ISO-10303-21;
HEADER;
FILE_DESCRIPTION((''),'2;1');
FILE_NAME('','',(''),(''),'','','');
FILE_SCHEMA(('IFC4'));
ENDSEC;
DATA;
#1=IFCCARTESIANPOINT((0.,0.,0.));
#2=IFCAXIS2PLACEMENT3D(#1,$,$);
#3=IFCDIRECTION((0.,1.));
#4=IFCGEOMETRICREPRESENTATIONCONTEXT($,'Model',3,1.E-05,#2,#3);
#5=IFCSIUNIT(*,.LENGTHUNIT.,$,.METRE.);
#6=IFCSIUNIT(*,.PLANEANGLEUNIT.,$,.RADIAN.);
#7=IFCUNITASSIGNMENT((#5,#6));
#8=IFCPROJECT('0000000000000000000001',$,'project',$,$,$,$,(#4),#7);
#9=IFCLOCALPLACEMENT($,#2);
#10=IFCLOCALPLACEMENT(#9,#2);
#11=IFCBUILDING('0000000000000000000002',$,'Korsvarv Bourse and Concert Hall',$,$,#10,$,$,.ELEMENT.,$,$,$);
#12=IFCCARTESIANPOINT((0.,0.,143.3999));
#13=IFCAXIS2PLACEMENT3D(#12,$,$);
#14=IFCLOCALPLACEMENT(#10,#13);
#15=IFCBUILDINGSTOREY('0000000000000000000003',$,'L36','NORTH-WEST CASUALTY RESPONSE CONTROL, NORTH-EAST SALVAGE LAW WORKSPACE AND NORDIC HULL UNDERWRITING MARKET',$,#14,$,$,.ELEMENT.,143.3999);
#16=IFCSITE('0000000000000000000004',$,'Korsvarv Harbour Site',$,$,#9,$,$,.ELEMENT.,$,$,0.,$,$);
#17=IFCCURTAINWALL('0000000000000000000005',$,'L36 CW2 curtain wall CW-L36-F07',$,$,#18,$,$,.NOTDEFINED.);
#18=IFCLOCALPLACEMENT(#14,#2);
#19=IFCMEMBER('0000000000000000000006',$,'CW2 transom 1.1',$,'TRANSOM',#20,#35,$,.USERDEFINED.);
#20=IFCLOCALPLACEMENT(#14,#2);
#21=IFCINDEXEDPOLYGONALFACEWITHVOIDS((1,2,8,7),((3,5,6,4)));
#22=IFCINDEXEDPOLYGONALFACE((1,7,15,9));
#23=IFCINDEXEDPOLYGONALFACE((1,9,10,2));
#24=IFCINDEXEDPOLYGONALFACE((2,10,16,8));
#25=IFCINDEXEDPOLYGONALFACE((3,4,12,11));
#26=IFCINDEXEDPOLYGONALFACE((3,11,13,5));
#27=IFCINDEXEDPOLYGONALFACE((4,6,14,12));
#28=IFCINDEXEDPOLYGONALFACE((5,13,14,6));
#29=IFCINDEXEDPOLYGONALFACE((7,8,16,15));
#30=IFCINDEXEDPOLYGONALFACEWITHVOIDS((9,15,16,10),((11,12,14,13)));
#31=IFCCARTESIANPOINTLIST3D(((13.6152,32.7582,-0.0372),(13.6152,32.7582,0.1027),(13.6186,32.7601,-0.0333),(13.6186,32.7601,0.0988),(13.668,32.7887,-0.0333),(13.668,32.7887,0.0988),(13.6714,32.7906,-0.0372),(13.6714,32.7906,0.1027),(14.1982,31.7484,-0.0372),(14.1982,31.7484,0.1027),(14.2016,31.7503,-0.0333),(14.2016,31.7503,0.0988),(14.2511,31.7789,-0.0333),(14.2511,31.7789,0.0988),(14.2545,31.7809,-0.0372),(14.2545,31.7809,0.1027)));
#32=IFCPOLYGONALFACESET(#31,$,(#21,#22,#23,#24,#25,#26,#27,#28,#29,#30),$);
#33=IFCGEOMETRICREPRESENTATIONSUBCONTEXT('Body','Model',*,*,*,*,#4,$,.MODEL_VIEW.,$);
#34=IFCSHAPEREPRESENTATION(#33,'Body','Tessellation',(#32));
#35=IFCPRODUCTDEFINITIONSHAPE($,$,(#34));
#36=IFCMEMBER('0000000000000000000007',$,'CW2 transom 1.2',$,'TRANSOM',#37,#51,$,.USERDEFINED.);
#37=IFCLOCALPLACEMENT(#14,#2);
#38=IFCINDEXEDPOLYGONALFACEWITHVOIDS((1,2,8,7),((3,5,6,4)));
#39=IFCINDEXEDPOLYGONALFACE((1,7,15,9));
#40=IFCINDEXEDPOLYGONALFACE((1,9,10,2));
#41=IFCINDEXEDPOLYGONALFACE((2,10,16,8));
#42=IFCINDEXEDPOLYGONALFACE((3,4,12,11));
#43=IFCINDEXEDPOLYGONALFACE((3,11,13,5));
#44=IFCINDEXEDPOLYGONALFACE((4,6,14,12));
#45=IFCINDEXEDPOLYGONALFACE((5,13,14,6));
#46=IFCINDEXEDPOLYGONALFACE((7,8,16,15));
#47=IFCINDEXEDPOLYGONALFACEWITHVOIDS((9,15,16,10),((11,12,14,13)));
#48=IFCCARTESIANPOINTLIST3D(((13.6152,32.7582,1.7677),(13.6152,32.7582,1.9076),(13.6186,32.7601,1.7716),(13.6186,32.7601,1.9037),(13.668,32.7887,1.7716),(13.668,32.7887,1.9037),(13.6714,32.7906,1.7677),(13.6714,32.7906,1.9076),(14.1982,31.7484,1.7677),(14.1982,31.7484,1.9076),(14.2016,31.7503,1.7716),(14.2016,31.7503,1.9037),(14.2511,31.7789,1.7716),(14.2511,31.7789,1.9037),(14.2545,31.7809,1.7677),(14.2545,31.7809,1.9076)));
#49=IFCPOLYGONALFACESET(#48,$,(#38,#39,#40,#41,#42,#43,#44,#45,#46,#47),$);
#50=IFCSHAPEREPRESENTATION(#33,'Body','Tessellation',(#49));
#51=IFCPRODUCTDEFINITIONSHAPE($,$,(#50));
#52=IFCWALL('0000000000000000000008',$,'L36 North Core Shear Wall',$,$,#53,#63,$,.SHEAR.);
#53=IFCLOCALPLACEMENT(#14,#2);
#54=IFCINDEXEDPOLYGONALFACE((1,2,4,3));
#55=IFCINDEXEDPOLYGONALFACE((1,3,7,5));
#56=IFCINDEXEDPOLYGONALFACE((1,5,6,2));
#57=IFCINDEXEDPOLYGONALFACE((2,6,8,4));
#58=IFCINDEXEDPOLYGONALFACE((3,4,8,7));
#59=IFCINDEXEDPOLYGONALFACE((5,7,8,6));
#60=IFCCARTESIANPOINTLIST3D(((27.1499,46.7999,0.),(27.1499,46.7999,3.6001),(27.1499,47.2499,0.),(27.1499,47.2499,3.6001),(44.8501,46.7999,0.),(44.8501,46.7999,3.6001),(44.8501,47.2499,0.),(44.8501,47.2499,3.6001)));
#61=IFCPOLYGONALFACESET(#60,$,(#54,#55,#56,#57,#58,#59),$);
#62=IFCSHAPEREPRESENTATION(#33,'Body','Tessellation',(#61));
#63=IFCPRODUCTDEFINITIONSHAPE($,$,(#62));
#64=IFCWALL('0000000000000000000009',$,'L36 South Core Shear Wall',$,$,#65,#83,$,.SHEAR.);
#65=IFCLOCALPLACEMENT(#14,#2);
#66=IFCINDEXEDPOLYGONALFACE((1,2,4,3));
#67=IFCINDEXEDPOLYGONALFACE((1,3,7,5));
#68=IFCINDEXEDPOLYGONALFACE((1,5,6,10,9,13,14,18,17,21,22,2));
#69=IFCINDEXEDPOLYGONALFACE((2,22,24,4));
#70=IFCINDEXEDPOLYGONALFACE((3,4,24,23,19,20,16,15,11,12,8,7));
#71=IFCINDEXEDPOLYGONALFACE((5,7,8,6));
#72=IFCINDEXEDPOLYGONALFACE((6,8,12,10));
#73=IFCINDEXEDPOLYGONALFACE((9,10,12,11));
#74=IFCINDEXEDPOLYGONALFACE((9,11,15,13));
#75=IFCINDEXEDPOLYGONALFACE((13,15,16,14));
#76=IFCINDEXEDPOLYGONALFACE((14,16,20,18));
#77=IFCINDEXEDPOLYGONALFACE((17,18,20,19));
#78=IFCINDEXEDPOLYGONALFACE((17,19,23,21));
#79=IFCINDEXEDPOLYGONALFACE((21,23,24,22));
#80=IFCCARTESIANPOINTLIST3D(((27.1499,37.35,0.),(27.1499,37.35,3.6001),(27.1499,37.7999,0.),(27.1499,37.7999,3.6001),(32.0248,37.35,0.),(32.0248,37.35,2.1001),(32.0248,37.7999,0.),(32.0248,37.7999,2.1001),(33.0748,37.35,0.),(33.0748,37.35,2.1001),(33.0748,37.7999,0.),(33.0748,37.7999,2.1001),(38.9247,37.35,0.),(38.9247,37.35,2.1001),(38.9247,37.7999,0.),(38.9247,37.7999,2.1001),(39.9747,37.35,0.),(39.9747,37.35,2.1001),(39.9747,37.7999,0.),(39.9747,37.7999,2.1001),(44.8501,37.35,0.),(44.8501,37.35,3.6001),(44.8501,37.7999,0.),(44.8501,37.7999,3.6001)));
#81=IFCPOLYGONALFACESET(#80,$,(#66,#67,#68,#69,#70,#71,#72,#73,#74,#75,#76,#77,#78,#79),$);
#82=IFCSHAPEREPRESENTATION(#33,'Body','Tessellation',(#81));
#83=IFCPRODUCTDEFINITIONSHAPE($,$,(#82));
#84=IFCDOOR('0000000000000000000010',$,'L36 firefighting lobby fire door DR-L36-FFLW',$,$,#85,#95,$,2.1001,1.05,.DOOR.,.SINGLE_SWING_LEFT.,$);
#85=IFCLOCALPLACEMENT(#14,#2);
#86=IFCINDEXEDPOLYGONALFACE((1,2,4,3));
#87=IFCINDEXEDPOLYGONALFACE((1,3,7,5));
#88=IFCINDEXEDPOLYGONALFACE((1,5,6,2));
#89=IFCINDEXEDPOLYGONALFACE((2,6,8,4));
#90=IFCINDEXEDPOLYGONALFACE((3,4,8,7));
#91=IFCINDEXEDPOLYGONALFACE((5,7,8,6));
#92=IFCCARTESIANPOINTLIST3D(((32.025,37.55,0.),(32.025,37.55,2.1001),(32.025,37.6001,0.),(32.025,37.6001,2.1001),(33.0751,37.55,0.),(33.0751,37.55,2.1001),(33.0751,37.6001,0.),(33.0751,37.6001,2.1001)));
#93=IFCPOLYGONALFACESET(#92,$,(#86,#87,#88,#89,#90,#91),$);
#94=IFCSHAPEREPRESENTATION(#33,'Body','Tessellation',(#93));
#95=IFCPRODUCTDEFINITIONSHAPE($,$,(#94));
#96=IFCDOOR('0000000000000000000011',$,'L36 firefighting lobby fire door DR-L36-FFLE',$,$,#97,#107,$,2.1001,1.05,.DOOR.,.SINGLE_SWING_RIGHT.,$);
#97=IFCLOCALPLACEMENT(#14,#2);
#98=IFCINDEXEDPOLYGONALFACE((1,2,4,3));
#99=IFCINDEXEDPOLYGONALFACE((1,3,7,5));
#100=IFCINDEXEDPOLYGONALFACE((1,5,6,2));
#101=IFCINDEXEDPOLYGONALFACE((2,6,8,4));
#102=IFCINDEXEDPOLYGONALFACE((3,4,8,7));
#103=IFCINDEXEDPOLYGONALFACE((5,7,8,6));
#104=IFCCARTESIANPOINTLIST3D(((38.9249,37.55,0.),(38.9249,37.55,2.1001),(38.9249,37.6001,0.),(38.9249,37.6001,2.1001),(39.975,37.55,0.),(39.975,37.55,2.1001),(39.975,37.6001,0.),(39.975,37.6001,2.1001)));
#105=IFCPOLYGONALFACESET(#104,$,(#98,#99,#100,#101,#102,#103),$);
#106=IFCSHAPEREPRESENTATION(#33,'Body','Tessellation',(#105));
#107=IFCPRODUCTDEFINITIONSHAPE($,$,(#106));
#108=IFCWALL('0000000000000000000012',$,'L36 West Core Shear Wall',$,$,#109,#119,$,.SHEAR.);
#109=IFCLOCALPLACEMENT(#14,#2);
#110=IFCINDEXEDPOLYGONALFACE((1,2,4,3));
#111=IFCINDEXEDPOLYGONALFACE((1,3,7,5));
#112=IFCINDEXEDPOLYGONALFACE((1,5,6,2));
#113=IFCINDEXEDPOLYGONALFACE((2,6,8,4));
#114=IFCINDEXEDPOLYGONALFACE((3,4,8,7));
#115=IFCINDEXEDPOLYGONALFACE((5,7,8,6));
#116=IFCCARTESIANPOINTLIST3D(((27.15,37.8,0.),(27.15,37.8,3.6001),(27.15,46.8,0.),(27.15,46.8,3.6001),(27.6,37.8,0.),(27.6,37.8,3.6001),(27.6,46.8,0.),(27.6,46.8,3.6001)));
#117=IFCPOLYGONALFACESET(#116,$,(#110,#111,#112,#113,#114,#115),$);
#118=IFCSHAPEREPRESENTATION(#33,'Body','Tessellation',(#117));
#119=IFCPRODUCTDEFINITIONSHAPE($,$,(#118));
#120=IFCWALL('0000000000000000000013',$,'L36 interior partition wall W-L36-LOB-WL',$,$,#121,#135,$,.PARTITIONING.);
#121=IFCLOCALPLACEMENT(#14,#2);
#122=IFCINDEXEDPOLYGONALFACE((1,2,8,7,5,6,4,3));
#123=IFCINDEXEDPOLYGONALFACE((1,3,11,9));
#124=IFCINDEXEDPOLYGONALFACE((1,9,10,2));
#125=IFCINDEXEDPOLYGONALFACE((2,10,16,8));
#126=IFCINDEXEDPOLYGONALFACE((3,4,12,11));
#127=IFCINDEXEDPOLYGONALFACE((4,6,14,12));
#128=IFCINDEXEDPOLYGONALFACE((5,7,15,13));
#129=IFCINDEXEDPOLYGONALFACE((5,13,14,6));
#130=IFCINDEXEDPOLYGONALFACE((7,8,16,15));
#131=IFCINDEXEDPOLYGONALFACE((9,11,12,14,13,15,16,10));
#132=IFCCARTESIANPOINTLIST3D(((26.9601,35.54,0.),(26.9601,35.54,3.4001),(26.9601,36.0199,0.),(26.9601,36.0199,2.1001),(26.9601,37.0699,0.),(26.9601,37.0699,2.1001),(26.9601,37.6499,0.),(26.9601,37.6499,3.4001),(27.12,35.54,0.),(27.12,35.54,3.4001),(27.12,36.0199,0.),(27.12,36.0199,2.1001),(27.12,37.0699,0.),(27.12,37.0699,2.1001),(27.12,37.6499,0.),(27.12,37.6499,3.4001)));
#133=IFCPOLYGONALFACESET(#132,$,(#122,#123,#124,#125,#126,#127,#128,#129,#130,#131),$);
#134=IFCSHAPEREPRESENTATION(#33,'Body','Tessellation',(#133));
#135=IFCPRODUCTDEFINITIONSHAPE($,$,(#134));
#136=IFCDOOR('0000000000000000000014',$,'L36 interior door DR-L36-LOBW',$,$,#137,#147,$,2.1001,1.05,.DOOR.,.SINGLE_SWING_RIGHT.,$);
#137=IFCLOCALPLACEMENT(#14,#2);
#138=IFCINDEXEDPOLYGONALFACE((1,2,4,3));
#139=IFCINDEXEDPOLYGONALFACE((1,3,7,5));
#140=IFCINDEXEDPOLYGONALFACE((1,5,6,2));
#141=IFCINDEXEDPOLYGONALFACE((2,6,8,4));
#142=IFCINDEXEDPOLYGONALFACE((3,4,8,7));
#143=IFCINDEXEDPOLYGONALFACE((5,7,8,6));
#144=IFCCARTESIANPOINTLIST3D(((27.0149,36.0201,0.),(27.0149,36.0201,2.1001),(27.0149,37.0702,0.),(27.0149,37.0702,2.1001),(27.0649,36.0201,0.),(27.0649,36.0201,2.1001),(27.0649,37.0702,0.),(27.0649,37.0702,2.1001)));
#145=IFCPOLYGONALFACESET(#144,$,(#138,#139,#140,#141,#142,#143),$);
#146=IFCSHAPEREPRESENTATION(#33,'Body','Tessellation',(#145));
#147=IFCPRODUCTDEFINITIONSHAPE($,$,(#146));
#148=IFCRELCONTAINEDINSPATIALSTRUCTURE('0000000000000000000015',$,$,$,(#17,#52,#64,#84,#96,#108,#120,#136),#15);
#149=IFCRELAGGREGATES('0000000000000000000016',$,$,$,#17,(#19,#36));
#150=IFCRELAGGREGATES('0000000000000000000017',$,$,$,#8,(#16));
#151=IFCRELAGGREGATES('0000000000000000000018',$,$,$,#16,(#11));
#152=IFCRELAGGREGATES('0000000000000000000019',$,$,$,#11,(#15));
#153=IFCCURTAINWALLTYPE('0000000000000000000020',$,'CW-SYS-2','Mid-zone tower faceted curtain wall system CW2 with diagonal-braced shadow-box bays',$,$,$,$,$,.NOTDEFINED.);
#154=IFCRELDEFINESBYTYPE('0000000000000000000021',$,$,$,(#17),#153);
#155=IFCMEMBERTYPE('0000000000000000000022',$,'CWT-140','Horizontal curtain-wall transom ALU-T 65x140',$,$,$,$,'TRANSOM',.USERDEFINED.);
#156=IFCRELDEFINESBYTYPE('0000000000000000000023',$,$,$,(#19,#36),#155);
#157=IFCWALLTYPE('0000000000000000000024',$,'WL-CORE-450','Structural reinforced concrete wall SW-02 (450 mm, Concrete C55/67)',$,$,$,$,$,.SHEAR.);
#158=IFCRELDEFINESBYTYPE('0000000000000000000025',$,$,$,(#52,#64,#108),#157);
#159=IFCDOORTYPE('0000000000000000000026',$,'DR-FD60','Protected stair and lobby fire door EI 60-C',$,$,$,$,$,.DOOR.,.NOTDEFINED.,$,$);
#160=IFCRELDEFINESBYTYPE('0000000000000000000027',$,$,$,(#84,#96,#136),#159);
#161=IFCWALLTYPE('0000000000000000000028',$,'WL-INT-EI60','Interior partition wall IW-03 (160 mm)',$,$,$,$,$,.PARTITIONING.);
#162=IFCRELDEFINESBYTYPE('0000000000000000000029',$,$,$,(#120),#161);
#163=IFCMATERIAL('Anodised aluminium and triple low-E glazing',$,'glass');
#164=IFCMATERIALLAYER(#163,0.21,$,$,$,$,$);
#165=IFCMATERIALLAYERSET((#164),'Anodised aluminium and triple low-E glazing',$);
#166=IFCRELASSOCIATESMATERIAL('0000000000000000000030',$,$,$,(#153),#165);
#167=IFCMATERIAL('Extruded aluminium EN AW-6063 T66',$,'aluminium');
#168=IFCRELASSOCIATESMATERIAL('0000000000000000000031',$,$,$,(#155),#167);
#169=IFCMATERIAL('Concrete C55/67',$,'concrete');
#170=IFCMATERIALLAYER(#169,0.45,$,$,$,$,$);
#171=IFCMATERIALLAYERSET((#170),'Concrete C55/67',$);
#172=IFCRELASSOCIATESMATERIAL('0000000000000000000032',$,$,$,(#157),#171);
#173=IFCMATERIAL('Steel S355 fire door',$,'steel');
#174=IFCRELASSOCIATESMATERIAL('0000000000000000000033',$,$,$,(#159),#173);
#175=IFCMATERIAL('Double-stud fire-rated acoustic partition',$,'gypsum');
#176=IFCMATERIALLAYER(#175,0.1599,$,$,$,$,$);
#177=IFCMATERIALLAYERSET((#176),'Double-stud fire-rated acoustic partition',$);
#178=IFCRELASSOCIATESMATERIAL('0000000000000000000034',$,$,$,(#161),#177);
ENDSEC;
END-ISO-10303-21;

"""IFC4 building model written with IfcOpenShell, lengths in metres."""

from ifc_helpers import new_model, si_unit, direction, frame, frame_2d, origin, origin_2d, place, context, subcontext, project, spatial, rectangle, hollow_rectangle, extrude, source, transform, mapped, material, layer, layer_set, material_profile, profile_set, type_object, element, fill, aggregate, save


model = new_model("IFC4")

# Units and contexts
model_context = context("Model", 3, precision=1e-05, world=origin(), true_north=direction((0.0, 1.0)))
body_context = subcontext(model_context, "Body", "Model", "MODEL_VIEW")
ifc_project = project(units=[si_unit("LENGTHUNIT", "METRE"), si_unit("PLANEANGLEUNIT", "RADIAN")], contexts=[model_context])

# Site, building, storey
site_placement = place(None, origin())
site = spatial("IfcSite", under=ifc_project, at=site_placement, Name="Korsvarv Harbour Site", CompositionType="ELEMENT", RefElevation=0.0)
building_placement = place(site_placement, origin())
building = spatial("IfcBuilding", under=site, at=building_placement, Name="Korsvarv Bourse and Concert Hall", CompositionType="ELEMENT")
storey_placement = place(building_placement, frame((0.0, 0.0, 143.3999)))
storey = spatial("IfcBuildingStorey", under=building, at=storey_placement, Name="L36", Description="NORTH-WEST CASUALTY RESPONSE CONTROL, NORTH-EAST SALVAGE LAW WORKSPACE AND NORDIC HULL UNDERWRITING MARKET", CompositionType="ELEMENT", Elevation=143.3999)

# Curtain wall, members
ifc_material_1 = material(Name="Anodised aluminium and triple low-E glazing", Category="glass")
ifc_layer_1 = layer(ifc_material_1, 0.21)
ifc_layer_set_1 = layer_set([ifc_layer_1], Name="Anodised aluminium and triple low-E glazing")
curtain_wall_type = type_object("IfcCurtainWallType", Name="CW-SYS-2", Description="Mid-zone tower faceted curtain wall system CW2 with diagonal-braced shadow-box bays", PredefinedType="NOTDEFINED", material=ifc_layer_set_1)
curtain_wall_placement = place(storey_placement, origin())
curtain_wall = element("IfcCurtainWall", 1, at=curtain_wall_placement, inside=storey, type_object=curtain_wall_type, Name="L36 CW2 curtain wall CW-L36-F07", PredefinedType="NOTDEFINED")
ifc_material_2 = material(Name="Extruded aluminium EN AW-6063 T66", Category="aluminium")
ifc_material_profile_1 = material_profile(ifc_material_2, hollow_rectangle(XDim=0.0649, YDim=0.1399, WallThickness=0.0039, at=origin_2d()), Name="ALU-T 65x140")
ifc_profile_set_1 = profile_set([ifc_material_profile_1], Name="Extruded aluminium EN AW-6063 T66")
member_type_1 = type_object("IfcMemberType", Name="CWT-140", Description="Horizontal curtain-wall transom ALU-T 65x140", ElementType="TRANSOM", PredefinedType="USERDEFINED", material=ifc_profile_set_1)
shared_shape_1 = source(origin(), body_context, "Body", "SweptSolid", [
    extrude(hollow_rectangle(XDim=0.0649, YDim=0.1399, WallThickness=0.0039, at=origin_2d()), origin(), (0.0, 0.0, 1.0), 1.166),
])
member_1_placement = place(storey_placement, frame((13.6433, 32.7744, 0.0327), z_axis=(0.500012, -0.866018, 0.0), x_axis=(0.866018, 0.500012, 0.0)))
member_1 = element("IfcMember", 2, at=member_1_placement, type_object=member_type_1, Name="CW2 transom 1.1", ObjectType="TRANSOM", PredefinedType="USERDEFINED", context=body_context, shape_type="MappedRepresentation", body=[
    mapped(shared_shape_1, transform((0.0, 0.0, 0.0), scale=1.0)),
])
member_2_placement = place(storey_placement, frame((13.6433, 32.7744, 1.8376), z_axis=(0.500012, -0.866018, 0.0), x_axis=(0.866018, 0.500012, 0.0)))
member_2 = element("IfcMember", 3, at=member_2_placement, type_object=member_type_1, Name="CW2 transom 1.2", ObjectType="TRANSOM", PredefinedType="USERDEFINED", context=body_context, shape_type="MappedRepresentation", body=[
    mapped(shared_shape_1, transform((0.0, 0.0, 0.0), scale=1.0)),
])
aggregate(curtain_wall, [member_1, member_2])

# Wall
ifc_material_3 = material(Name="Concrete C55/67", Category="concrete")
ifc_layer_2 = layer(ifc_material_3, 0.45)
ifc_layer_set_2 = layer_set([ifc_layer_2], Name="Concrete C55/67")
wall_type_1 = type_object("IfcWallType", Name="WL-CORE-450", Description="Structural reinforced concrete wall SW-02 (450 mm, Concrete C55/67)", PredefinedType="SHEAR", material=ifc_layer_set_2)
wall_1_placement = place(storey_placement, frame((27.1499, 47.0249, 0.0), z_axis=(0.0, 0.0, 1.0), x_axis=(1.0, 0.0, 0.0)))
element("IfcWall", 4, at=wall_1_placement, inside=storey, type_object=wall_type_1, Name="L36 North Core Shear Wall", PredefinedType="SHEAR", context=body_context, shape_type="SweptSolid", body=[
    extrude(rectangle(XDim=17.7002, YDim=0.45, at=frame_2d((8.8501, 0.0))), origin(), (0.0, 0.0, 1.0), 3.6001),
])

# Wall, openings, doors
wall_2_placement = place(storey_placement, frame((27.1499, 37.575, 0.0), z_axis=(0.0, 0.0, 1.0), x_axis=(1.0, 0.0, 0.0)))
wall_2 = element("IfcWall", 5, at=wall_2_placement, inside=storey, type_object=wall_type_1, Name="L36 South Core Shear Wall", PredefinedType="SHEAR", context=body_context, shape_type="SweptSolid", body=[
    extrude(rectangle(XDim=17.7002, YDim=0.45, at=frame_2d((8.8501, 0.0))), origin(), (0.0, 0.0, 1.0), 3.6001),
])
opening_1_placement = place(wall_2_placement, frame((4.875, 0.0, 0.0)))
opening_1 = element("IfcOpeningElement", 6, at=opening_1_placement, cuts=wall_2, PredefinedType="OPENING", context=body_context, shape_type="SweptSolid", body=[
    extrude(rectangle(XDim=1.05, YDim=2.1001, at=frame_2d((0.5249, 1.05))), frame((0.0, 0.2349, 0.0), z_axis=(0.0, -1.0, 0.0), x_axis=(1.0, 0.0, 0.0)), (0.0, 0.0, 1.0), 0.47),
])
opening_2_placement = place(wall_2_placement, frame((11.7749, 0.0, 0.0)))
opening_2 = element("IfcOpeningElement", 7, at=opening_2_placement, cuts=wall_2, PredefinedType="OPENING", context=body_context, shape_type="SweptSolid", body=[
    extrude(rectangle(XDim=1.05, YDim=2.1001, at=frame_2d((0.5249, 1.05))), frame((0.0, 0.2349, 0.0), z_axis=(0.0, -1.0, 0.0), x_axis=(1.0, 0.0, 0.0)), (0.0, 0.0, 1.0), 0.47),
])
ifc_material_4 = material(Name="Steel S355 fire door", Category="steel")
door_type_1 = type_object("IfcDoorType", Name="DR-FD60", Description="Protected stair and lobby fire door EI 60-C", OperationType="NOTDEFINED", PredefinedType="DOOR", material=ifc_material_4)
door_1_placement = place(opening_1_placement, frame((1.05, 0.0, 0.0), z_axis=(0.0, 0.0, 1.0), x_axis=(-1.0, 0.0, 0.0)))
door_1 = element("IfcDoor", 8, at=door_1_placement, inside=storey, type_object=door_type_1, Name="L36 firefighting lobby fire door DR-L36-FFLW", OperationType="SINGLE_SWING_LEFT", OverallHeight=2.1001, OverallWidth=1.05, PredefinedType="DOOR", context=body_context, shape_type="SweptSolid", body=[
    extrude(rectangle(XDim=1.05, YDim=2.1001, at=frame_2d((0.5249, 1.05))), frame((0.0, 0.0249, 0.0), z_axis=(0.0, -1.0, 0.0), x_axis=(1.0, 0.0, 0.0)), (0.0, 0.0, 1.0), 0.05),
])
fill(opening_1, door_1)
door_2_placement = place(opening_2_placement, frame((1.05, 0.0, 0.0), z_axis=(0.0, 0.0, 1.0), x_axis=(-1.0, 0.0, 0.0)))
door_2 = element("IfcDoor", 9, at=door_2_placement, inside=storey, type_object=door_type_1, Name="L36 firefighting lobby fire door DR-L36-FFLE", OperationType="SINGLE_SWING_RIGHT", OverallHeight=2.1001, OverallWidth=1.05, PredefinedType="DOOR", context=body_context, shape_type="SweptSolid", body=[
    extrude(rectangle(XDim=1.05, YDim=2.1001, at=frame_2d((0.5249, 1.05))), frame((0.0, 0.0249, 0.0), z_axis=(0.0, -1.0, 0.0), x_axis=(1.0, 0.0, 0.0)), (0.0, 0.0, 1.0), 0.05),
])
fill(opening_2, door_2)

# Wall
wall_3_placement = place(storey_placement, frame((27.375, 37.8, 0.0), z_axis=(0.0, 0.0, 1.0), x_axis=(0.0, 1.0, 0.0)))
element("IfcWall", 10, at=wall_3_placement, inside=storey, type_object=wall_type_1, Name="L36 West Core Shear Wall", PredefinedType="SHEAR", context=body_context, shape_type="SweptSolid", body=[
    extrude(rectangle(XDim=9.0, YDim=0.45, at=frame_2d((4.5, 0.0))), origin(), (0.0, 0.0, 1.0), 3.6001),
])

# Wall, opening, door
ifc_material_5 = material(Name="Double-stud fire-rated acoustic partition", Category="gypsum")
ifc_layer_3 = layer(ifc_material_5, 0.1599)
ifc_layer_set_3 = layer_set([ifc_layer_3], Name="Double-stud fire-rated acoustic partition")
wall_type_2 = type_object("IfcWallType", Name="WL-INT-EI60", Description="Interior partition wall IW-03 (160 mm)", PredefinedType="PARTITIONING", material=ifc_layer_set_3)
wall_4_placement = place(storey_placement, frame((27.04, 35.54, 0.0), z_axis=(0.0, 0.0, 1.0), x_axis=(0.0, 1.0, 0.0)))
wall_4 = element("IfcWall", 11, at=wall_4_placement, inside=storey, type_object=wall_type_2, Name="L36 interior partition wall W-L36-LOB-WL", PredefinedType="PARTITIONING", context=body_context, shape_type="SweptSolid", body=[
    extrude(rectangle(XDim=2.1099, YDim=0.1599, at=frame_2d((1.0549, 0.0))), origin(), (0.0, 0.0, 1.0), 3.4001),
])
opening_3_placement = place(wall_4_placement, frame((0.48, 0.0, 0.0)))
opening_3 = element("IfcOpeningElement", 12, at=opening_3_placement, cuts=wall_4, PredefinedType="OPENING", context=body_context, shape_type="SweptSolid", body=[
    extrude(rectangle(XDim=1.05, YDim=2.1001, at=frame_2d((0.5249, 1.05))), frame((0.0, 0.0898, 0.0), z_axis=(0.0, -1.0, 0.0), x_axis=(1.0, 0.0, 0.0)), (0.0, 0.0, 1.0), 0.1799),
])
door_3_placement = place(opening_3_placement, frame((1.05, 0.0, 0.0), z_axis=(0.0, 0.0, 1.0), x_axis=(-1.0, 0.0, 0.0)))
door_3 = element("IfcDoor", 13, at=door_3_placement, inside=storey, type_object=door_type_1, Name="L36 interior door DR-L36-LOBW", OperationType="SINGLE_SWING_RIGHT", OverallHeight=2.1001, OverallWidth=1.05, PredefinedType="DOOR", context=body_context, shape_type="SweptSolid", body=[
    extrude(rectangle(XDim=1.05, YDim=2.1001, at=frame_2d((0.5249, 1.05))), frame((0.0, 0.0249, 0.0), z_axis=(0.0, -1.0, 0.0), x_axis=(1.0, 0.0, 0.0)), (0.0, 0.0, 1.0), 0.05),
])
fill(opening_3, door_3)

save(model, "model.ifc")
